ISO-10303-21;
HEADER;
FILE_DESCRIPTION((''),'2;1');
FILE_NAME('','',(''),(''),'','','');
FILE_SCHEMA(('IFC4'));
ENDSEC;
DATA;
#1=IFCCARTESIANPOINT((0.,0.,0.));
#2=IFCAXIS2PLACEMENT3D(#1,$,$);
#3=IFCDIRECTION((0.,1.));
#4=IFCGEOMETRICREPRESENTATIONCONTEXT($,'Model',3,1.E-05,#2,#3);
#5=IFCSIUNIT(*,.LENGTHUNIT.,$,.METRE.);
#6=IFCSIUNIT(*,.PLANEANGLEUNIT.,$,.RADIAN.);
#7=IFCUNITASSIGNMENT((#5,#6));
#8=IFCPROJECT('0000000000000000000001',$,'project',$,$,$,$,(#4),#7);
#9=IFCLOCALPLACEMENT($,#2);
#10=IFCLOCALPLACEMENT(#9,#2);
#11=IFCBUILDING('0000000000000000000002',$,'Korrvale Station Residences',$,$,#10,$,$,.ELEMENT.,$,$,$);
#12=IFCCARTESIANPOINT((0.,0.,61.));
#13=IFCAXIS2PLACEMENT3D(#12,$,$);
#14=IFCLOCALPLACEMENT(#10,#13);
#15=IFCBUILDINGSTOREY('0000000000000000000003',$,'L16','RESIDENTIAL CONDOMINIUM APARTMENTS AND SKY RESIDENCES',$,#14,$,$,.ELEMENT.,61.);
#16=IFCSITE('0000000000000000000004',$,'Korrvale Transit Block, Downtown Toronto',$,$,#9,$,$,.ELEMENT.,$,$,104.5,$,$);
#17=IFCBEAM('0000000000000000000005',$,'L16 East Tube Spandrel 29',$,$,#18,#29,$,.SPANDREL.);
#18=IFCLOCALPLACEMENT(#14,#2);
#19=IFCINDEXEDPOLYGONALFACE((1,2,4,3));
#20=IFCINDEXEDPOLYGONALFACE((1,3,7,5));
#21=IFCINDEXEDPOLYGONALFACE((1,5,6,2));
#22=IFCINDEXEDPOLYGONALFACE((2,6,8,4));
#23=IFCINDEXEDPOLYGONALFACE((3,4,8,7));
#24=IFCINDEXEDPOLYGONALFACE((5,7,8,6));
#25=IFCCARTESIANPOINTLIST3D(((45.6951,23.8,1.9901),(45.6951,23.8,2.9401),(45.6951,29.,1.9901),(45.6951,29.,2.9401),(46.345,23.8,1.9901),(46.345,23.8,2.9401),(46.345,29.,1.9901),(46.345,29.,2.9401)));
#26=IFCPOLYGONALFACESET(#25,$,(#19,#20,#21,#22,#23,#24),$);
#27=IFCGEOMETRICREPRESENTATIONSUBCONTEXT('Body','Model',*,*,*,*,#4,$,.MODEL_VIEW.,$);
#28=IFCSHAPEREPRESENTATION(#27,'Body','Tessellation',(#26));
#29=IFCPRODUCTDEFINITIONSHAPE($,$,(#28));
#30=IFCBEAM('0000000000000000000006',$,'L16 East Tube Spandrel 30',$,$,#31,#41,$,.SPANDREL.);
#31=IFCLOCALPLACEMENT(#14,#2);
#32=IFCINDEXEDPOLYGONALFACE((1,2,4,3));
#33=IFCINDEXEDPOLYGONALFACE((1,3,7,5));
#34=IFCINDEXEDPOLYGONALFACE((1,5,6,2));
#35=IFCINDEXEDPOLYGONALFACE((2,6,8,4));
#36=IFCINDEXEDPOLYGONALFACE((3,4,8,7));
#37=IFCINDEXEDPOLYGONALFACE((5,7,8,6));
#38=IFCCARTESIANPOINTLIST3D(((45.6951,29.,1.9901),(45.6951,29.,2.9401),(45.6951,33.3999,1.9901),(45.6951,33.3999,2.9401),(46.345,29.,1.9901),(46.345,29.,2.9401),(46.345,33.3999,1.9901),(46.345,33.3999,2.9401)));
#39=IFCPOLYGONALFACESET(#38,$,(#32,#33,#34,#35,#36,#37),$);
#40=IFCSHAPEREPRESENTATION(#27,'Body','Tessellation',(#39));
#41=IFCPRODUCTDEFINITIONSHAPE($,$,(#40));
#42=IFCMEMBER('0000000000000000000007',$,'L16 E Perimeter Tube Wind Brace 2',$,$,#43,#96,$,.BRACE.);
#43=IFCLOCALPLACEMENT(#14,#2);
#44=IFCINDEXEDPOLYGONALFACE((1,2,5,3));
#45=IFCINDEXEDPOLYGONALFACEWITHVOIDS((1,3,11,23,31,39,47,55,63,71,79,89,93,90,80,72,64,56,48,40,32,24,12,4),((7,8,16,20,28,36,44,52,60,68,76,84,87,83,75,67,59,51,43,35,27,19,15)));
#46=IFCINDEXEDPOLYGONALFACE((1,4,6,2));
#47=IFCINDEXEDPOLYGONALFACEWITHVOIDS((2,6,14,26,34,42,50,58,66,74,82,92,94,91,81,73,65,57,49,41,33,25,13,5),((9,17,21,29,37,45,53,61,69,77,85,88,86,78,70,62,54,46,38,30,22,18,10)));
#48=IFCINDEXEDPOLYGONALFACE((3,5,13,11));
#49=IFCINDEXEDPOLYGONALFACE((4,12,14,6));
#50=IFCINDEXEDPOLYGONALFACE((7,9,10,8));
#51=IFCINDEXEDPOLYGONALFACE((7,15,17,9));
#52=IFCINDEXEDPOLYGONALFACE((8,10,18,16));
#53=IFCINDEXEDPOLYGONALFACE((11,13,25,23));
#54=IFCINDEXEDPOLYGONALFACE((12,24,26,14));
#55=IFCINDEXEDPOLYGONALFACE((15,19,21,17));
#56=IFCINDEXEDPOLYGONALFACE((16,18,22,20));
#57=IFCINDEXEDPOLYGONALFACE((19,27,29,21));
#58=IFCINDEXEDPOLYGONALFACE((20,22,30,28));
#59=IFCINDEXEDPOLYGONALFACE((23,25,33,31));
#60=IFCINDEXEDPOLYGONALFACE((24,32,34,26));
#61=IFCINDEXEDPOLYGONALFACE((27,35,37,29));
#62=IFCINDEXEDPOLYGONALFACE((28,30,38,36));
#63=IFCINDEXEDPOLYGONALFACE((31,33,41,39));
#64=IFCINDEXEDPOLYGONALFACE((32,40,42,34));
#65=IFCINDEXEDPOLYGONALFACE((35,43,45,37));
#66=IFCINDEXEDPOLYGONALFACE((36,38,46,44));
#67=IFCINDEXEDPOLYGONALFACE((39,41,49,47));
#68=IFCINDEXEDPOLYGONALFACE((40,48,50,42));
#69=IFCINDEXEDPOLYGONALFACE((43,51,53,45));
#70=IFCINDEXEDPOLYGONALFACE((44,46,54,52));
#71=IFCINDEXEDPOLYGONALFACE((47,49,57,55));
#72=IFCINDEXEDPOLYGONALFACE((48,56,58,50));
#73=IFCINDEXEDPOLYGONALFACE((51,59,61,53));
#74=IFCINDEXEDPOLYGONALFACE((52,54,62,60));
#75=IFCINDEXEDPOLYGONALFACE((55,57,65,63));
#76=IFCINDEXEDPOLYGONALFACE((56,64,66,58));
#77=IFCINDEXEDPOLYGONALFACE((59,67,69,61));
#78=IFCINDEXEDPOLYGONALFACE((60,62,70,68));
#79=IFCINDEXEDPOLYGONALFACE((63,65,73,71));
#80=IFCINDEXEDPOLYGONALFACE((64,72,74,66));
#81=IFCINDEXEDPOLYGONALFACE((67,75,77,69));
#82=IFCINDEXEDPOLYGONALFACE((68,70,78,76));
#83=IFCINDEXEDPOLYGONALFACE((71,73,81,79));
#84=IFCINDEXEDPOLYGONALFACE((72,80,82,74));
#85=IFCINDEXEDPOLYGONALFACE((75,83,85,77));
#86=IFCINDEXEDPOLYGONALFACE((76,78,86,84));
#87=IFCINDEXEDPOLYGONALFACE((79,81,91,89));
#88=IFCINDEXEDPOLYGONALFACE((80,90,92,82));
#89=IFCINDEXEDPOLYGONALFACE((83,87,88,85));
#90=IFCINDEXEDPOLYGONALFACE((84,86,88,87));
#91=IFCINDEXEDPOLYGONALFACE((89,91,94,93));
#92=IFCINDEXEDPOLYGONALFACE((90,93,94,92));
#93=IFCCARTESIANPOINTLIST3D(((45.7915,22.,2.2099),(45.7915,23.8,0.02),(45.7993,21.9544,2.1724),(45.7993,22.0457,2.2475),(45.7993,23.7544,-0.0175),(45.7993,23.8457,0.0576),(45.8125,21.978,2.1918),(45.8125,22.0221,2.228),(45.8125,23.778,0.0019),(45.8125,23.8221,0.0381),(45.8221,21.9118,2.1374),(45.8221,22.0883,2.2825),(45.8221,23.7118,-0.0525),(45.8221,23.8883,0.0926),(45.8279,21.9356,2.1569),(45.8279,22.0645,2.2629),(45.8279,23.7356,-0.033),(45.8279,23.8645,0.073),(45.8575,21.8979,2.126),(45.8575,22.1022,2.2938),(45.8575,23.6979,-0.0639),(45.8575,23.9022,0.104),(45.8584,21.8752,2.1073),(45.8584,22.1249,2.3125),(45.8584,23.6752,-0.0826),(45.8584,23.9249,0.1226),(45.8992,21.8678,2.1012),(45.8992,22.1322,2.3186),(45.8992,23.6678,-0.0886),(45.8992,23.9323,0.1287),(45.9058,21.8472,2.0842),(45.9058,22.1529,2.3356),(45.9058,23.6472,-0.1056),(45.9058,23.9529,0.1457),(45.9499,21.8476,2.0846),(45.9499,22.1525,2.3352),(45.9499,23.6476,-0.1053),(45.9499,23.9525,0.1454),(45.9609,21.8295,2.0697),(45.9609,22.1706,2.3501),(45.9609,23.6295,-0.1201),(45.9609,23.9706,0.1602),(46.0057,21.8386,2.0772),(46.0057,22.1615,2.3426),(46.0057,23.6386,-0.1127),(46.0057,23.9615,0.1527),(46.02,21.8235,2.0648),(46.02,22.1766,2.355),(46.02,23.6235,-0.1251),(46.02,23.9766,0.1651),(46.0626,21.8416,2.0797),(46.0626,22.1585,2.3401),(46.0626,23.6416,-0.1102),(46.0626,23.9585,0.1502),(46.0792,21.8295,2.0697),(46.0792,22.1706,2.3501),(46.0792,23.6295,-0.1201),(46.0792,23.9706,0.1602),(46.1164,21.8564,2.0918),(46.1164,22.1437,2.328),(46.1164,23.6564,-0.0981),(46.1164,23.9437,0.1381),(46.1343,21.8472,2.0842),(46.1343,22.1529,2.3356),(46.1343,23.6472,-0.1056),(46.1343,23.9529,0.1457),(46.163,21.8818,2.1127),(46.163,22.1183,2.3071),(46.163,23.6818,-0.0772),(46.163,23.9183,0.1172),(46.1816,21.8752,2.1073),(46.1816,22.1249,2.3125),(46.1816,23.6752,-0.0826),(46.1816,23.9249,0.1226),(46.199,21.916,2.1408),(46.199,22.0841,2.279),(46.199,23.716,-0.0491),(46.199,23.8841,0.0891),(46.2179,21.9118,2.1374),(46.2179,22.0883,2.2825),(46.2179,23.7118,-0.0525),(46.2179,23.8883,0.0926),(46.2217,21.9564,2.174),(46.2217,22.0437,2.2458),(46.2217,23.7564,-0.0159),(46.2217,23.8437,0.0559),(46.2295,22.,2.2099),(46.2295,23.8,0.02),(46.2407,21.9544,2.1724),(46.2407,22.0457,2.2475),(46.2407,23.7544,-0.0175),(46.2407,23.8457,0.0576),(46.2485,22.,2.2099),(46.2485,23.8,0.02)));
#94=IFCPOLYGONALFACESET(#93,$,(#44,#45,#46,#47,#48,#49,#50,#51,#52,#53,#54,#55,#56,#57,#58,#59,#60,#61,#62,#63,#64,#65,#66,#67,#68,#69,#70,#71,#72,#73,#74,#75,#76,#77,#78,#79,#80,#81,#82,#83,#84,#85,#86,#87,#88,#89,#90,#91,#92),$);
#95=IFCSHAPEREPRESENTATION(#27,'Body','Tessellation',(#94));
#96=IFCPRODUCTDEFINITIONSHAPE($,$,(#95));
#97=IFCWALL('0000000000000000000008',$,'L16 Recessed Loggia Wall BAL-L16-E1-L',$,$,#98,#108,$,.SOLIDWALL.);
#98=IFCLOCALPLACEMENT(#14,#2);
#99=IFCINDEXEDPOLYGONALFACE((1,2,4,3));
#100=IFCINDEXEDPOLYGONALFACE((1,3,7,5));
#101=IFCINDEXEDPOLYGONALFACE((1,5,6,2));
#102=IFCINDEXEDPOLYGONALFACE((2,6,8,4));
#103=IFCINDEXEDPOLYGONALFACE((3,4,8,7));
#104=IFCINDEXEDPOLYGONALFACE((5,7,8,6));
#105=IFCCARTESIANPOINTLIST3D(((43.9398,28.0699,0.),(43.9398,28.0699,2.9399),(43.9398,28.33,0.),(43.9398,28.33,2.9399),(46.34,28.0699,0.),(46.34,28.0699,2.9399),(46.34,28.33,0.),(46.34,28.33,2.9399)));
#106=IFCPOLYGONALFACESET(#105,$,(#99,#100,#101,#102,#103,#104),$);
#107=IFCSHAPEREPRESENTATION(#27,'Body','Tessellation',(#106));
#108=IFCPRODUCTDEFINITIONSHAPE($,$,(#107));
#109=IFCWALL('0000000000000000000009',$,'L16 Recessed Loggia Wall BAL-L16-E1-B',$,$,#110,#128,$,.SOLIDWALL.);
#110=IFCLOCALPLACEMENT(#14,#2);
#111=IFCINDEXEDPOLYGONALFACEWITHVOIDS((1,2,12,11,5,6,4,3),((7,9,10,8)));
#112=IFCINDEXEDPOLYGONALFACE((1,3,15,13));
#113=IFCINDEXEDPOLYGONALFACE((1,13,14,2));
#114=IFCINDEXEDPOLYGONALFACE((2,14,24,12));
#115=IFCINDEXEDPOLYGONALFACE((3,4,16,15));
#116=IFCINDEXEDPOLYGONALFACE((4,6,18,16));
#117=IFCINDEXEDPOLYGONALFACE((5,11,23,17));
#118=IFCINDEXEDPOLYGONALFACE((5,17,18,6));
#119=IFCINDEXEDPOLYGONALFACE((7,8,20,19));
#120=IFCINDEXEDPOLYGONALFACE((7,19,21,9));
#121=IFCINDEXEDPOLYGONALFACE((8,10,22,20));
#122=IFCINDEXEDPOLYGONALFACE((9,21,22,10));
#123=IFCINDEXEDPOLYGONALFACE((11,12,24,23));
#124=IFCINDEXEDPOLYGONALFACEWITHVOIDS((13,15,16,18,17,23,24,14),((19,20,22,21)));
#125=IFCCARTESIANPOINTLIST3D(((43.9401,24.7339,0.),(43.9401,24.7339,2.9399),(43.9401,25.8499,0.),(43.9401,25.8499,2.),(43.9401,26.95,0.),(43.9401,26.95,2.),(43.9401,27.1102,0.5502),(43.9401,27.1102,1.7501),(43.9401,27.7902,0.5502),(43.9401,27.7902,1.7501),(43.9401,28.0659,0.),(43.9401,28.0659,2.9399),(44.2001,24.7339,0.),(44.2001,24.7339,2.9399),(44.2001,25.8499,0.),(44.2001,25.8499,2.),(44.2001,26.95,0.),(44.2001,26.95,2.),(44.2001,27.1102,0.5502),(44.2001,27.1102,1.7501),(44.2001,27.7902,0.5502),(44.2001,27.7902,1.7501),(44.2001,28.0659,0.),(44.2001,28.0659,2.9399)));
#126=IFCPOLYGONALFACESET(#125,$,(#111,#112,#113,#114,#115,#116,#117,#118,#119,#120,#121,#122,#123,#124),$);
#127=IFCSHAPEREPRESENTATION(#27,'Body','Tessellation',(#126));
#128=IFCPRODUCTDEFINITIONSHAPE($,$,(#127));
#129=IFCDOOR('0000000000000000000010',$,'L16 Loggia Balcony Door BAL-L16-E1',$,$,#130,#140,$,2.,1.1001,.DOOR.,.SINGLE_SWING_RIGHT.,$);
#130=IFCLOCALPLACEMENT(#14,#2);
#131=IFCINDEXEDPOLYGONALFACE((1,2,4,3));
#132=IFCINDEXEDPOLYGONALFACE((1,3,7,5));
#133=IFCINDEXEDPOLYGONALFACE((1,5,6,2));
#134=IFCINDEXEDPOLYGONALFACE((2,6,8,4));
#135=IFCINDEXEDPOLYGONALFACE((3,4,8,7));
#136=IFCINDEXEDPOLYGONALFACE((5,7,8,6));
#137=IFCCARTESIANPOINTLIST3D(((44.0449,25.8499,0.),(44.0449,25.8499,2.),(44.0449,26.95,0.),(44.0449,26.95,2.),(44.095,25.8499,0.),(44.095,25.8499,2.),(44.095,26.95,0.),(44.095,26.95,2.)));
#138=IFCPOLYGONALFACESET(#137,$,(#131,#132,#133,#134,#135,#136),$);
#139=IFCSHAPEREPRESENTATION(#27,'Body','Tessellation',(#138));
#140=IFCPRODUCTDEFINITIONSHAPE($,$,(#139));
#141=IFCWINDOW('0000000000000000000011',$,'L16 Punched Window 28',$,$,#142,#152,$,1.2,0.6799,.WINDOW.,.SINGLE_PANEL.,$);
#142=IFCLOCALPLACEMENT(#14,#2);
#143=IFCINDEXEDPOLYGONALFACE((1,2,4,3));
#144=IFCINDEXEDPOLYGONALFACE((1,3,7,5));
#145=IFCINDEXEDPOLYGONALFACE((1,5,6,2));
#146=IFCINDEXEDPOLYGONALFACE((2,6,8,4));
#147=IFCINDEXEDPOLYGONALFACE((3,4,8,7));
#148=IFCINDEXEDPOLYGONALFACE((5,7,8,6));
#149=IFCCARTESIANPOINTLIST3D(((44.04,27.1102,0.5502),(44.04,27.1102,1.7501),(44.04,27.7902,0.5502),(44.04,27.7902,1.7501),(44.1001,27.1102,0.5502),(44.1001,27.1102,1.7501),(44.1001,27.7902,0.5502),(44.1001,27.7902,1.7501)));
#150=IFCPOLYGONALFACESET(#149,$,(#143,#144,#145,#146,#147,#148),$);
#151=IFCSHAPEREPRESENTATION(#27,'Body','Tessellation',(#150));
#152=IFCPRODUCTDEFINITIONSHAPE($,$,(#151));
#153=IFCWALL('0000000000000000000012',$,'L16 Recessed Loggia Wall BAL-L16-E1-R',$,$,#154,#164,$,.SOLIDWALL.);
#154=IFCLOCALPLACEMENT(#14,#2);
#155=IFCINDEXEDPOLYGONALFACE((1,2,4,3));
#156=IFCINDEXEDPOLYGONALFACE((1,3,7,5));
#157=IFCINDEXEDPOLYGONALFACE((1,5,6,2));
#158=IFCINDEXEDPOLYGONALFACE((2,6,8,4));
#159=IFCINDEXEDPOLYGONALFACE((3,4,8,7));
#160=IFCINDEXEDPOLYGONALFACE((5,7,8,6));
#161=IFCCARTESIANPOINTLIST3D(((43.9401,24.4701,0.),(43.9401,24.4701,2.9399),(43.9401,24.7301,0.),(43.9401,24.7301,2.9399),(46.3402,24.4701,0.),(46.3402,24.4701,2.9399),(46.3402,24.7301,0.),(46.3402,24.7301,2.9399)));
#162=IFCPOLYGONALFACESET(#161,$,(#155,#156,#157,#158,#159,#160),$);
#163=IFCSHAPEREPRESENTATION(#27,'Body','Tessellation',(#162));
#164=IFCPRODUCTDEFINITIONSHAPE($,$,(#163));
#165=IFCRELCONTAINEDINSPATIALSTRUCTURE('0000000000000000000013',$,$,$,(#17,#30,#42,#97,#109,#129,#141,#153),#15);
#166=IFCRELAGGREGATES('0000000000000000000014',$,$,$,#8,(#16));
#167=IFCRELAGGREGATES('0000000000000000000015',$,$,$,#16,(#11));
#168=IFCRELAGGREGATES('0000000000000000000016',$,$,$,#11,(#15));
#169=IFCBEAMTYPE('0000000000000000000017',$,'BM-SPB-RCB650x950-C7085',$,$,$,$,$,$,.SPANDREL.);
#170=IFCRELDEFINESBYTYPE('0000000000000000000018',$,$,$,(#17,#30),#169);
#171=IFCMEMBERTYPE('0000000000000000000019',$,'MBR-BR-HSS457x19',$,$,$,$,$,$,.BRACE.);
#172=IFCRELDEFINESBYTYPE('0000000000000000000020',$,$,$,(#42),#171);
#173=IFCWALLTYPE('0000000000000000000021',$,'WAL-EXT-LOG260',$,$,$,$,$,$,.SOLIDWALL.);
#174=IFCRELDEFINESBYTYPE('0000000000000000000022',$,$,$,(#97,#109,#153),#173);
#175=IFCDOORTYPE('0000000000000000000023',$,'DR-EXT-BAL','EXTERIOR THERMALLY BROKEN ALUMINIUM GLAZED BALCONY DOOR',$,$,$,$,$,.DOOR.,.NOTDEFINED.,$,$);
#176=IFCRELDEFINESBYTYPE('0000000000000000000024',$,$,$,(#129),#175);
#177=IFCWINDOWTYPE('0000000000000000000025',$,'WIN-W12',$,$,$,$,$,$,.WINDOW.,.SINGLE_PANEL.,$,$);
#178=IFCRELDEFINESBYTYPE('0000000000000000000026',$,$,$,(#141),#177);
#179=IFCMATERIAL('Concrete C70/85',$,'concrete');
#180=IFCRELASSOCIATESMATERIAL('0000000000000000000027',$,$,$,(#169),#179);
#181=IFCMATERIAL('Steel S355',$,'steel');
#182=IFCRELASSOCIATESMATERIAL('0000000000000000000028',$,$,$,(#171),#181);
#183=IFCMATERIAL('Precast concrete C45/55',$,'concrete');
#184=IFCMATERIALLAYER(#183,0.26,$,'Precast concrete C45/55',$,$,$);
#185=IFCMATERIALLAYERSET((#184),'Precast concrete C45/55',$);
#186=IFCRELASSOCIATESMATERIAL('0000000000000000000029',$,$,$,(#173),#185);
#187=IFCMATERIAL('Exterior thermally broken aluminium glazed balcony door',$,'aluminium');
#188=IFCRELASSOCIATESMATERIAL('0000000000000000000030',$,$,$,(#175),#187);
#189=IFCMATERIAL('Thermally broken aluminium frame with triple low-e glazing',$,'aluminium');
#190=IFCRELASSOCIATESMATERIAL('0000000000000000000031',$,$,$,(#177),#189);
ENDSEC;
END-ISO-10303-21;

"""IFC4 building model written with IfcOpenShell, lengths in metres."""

from ifc_helpers import new_model, si_unit, direction, frame, frame_2d, origin, origin_2d, place, context, subcontext, project, spatial, rectangle, hollow_circle, extrude, material, layer, layer_set, material_profile, profile_set, type_object, element, fill, save


model = new_model("IFC4")

# Units and contexts
model_context = context("Model", 3, precision=1e-05, world=origin(), true_north=direction((0.0, 1.0)))
body_context = subcontext(model_context, "Body", "Model", "MODEL_VIEW")
ifc_project = project(units=[si_unit("LENGTHUNIT", "METRE"), si_unit("PLANEANGLEUNIT", "RADIAN")], contexts=[model_context])

# Site, building, storey
site_placement = place(None, origin())
site = spatial("IfcSite", under=ifc_project, at=site_placement, Name="Korrvale Transit Block, Downtown Toronto", CompositionType="ELEMENT", RefElevation=104.5)
building_placement = place(site_placement, origin())
building = spatial("IfcBuilding", under=site, at=building_placement, Name="Korrvale Station Residences", CompositionType="ELEMENT")
storey_placement = place(building_placement, frame((0.0, 0.0, 61.0)))
storey = spatial("IfcBuildingStorey", under=building, at=storey_placement, Name="L16", Description="RESIDENTIAL CONDOMINIUM APARTMENTS AND SKY RESIDENCES", CompositionType="ELEMENT", Elevation=61.0)

# Shared definitions
ifc_material_1 = material(Name="Concrete C70/85", Category="concrete")

# Beams
ifc_material_2 = material(Name="Steel S355", Category="steel")
ifc_material_profile_1 = material_profile(ifc_material_1, rectangle(XDim=0.6499, YDim=0.95, at=origin_2d()), Name="RCB650x950")
ifc_profile_set_1 = profile_set([ifc_material_profile_1], Name="Concrete C70/85")
beam_type_1 = type_object("IfcBeamType", Name="BM-SPB-RCB650x950-C7085", PredefinedType="SPANDREL", material=ifc_profile_set_1)
beam_1_placement = place(storey_placement, frame((46.02, 23.8, 2.4651), z_axis=(0.0, 1.0, 0.0), x_axis=(-1.0, 0.0, 0.0)))
element("IfcBeam", 1, at=beam_1_placement, inside=storey, type_object=beam_type_1, Name="L16 East Tube Spandrel 29", PredefinedType="SPANDREL", context=body_context, shape_type="SweptSolid", body=[
    extrude(rectangle(XDim=0.6499, YDim=0.95, at=origin_2d()), origin(), (0.0, 0.0, 1.0), 5.2),
])
beam_2_placement = place(storey_placement, frame((46.02, 29.0, 2.4651), z_axis=(0.0, 1.0, 0.0), x_axis=(-1.0, 0.0, 0.0)))
element("IfcBeam", 2, at=beam_2_placement, inside=storey, type_object=beam_type_1, Name="L16 East Tube Spandrel 30", PredefinedType="SPANDREL", context=body_context, shape_type="SweptSolid", body=[
    extrude(rectangle(XDim=0.6499, YDim=0.95, at=origin_2d()), origin(), (0.0, 0.0, 1.0), 4.3999),
])

# Member
ifc_material_profile_2 = material_profile(ifc_material_2, hollow_circle(Radius=0.2285, WallThickness=0.019, at=origin_2d()), Name="HSS457x19")
ifc_profile_set_2 = profile_set([ifc_material_profile_2], Name="Steel S355")
member_type = type_object("IfcMemberType", Name="MBR-BR-HSS457x19", PredefinedType="BRACE", material=ifc_profile_set_2)
member_placement = place(storey_placement, frame((46.02, 23.8, 0.02), z_axis=(0.0, -0.634985, 0.772524), x_axis=(1.0, 0.0, 0.0)))
element("IfcMember", 3, at=member_placement, inside=storey, type_object=member_type, Name="L16 E Perimeter Tube Wind Brace 2", PredefinedType="BRACE", context=body_context, shape_type="SweptSolid", body=[
    extrude(hollow_circle(Radius=0.2285, WallThickness=0.019, at=origin_2d()), origin(), (0.0, 0.0, 1.0), 2.8347),
])

# Wall
ifc_material_3 = material(Name="Precast concrete C45/55", Category="concrete")
ifc_layer_1 = layer(ifc_material_3, 0.26, Name="Precast concrete C45/55")
ifc_layer_set_1 = layer_set([ifc_layer_1], Name="Precast concrete C45/55")
wall_type_1 = type_object("IfcWallType", Name="WAL-EXT-LOG260", PredefinedType="SOLIDWALL", material=ifc_layer_set_1)
wall_1_placement = place(storey_placement, frame((46.3401, 28.2, 0.0), z_axis=(0.0, 0.0, 1.0), x_axis=(-1.0, 0.0, 0.0)))
element("IfcWall", 4, at=wall_1_placement, inside=storey, type_object=wall_type_1, Name="L16 Recessed Loggia Wall BAL-L16-E1-L", PredefinedType="SOLIDWALL", context=body_context, shape_type="SweptSolid", body=[
    extrude(rectangle(XDim=2.4001, YDim=0.26, at=frame_2d((1.2002, 0.0))), origin(), (0.0, 0.0, 1.0), 2.9399),
])

# Wall, openings, door, window
wall_2_placement = place(storey_placement, frame((44.0701, 28.0659, 0.0), z_axis=(0.0, 0.0, 1.0), x_axis=(0.0, -1.0, 0.0)))
wall_2 = element("IfcWall", 5, at=wall_2_placement, inside=storey, type_object=wall_type_1, Name="L16 Recessed Loggia Wall BAL-L16-E1-B", PredefinedType="SOLIDWALL", context=body_context, shape_type="SweptSolid", body=[
    extrude(rectangle(XDim=3.332, YDim=0.26, at=frame_2d((1.666, 0.0))), origin(), (0.0, 0.0, 1.0), 2.9399),
])
opening_1_placement = place(wall_2_placement, frame((1.116, 0.0, 0.0)))
opening_1 = element("IfcOpeningElement", 6, at=opening_1_placement, cuts=wall_2, PredefinedType="OPENING", context=body_context, shape_type="SweptSolid", body=[
    extrude(rectangle(XDim=1.1001, YDim=2.0, at=frame_2d((0.55, 1.0))), frame((0.0, 0.1401, 0.0), z_axis=(0.0, -1.0, 0.0), x_axis=(1.0, 0.0, 0.0)), (0.0, 0.0, 1.0), 0.28),
])
opening_2_placement = place(wall_2_placement, frame((0.2759, 0.0, 0.55)))
opening_2 = element("IfcOpeningElement", 7, at=opening_2_placement, cuts=wall_2, PredefinedType="OPENING", context=body_context, shape_type="SweptSolid", body=[
    extrude(rectangle(XDim=0.6799, YDim=1.2, at=frame_2d((0.3398, 0.6001))), frame((0.0, 0.1401, 0.0), z_axis=(0.0, -1.0, 0.0), x_axis=(1.0, 0.0, 0.0)), (0.0, 0.0, 1.0), 0.28),
])
ifc_material_4 = material(Name="Exterior thermally broken aluminium glazed balcony door", Category="aluminium")
door_type_1 = type_object("IfcDoorType", Name="DR-EXT-BAL", Description="EXTERIOR THERMALLY BROKEN ALUMINIUM GLAZED BALCONY DOOR", OperationType="NOTDEFINED", PredefinedType="DOOR", material=ifc_material_4)
door_1_placement = place(opening_1_placement, origin())
door_1 = element("IfcDoor", 8, at=door_1_placement, inside=storey, type_object=door_type_1, Name="L16 Loggia Balcony Door BAL-L16-E1", OperationType="SINGLE_SWING_RIGHT", OverallHeight=2.0, OverallWidth=1.1001, PredefinedType="DOOR", context=body_context, shape_type="SweptSolid", body=[
    extrude(rectangle(XDim=1.1001, YDim=2.0, at=frame_2d((0.55, 1.0))), frame((0.0, 0.0249, 0.0), z_axis=(0.0, -1.0, 0.0), x_axis=(1.0, 0.0, 0.0)), (0.0, 0.0, 1.0), 0.05),
])
fill(opening_1, door_1)
ifc_material_5 = material(Name="Thermally broken aluminium frame with triple low-e glazing", Category="aluminium")
window_type_1 = type_object("IfcWindowType", Name="WIN-W12", PartitioningType="SINGLE_PANEL", PredefinedType="WINDOW", material=ifc_material_5)
window_1_placement = place(opening_2_placement, origin())
window_1 = element("IfcWindow", 9, at=window_1_placement, inside=storey, type_object=window_type_1, Name="L16 Punched Window 28", OverallHeight=1.2, OverallWidth=0.6799, PartitioningType="SINGLE_PANEL", PredefinedType="WINDOW", context=body_context, shape_type="SweptSolid", body=[
    extrude(rectangle(XDim=0.6799, YDim=1.2, at=frame_2d((0.3398, 0.6001))), frame((0.0, 0.03, 0.0), z_axis=(0.0, -1.0, 0.0), x_axis=(1.0, 0.0, 0.0)), (0.0, 0.0, 1.0), 0.0601),
])
fill(opening_2, window_1)

# Wall
wall_3_placement = place(storey_placement, frame((43.9399, 24.6001, 0.0), z_axis=(0.0, 0.0, 1.0), x_axis=(1.0, 0.0, 0.0)))
element("IfcWall", 10, at=wall_3_placement, inside=storey, type_object=wall_type_1, Name="L16 Recessed Loggia Wall BAL-L16-E1-R", PredefinedType="SOLIDWALL", context=body_context, shape_type="SweptSolid", body=[
    extrude(rectangle(XDim=2.4001, YDim=0.26, at=frame_2d((1.2002, 0.0))), origin(), (0.0, 0.0, 1.0), 2.9399),
])

save(model, "model.ifc")
